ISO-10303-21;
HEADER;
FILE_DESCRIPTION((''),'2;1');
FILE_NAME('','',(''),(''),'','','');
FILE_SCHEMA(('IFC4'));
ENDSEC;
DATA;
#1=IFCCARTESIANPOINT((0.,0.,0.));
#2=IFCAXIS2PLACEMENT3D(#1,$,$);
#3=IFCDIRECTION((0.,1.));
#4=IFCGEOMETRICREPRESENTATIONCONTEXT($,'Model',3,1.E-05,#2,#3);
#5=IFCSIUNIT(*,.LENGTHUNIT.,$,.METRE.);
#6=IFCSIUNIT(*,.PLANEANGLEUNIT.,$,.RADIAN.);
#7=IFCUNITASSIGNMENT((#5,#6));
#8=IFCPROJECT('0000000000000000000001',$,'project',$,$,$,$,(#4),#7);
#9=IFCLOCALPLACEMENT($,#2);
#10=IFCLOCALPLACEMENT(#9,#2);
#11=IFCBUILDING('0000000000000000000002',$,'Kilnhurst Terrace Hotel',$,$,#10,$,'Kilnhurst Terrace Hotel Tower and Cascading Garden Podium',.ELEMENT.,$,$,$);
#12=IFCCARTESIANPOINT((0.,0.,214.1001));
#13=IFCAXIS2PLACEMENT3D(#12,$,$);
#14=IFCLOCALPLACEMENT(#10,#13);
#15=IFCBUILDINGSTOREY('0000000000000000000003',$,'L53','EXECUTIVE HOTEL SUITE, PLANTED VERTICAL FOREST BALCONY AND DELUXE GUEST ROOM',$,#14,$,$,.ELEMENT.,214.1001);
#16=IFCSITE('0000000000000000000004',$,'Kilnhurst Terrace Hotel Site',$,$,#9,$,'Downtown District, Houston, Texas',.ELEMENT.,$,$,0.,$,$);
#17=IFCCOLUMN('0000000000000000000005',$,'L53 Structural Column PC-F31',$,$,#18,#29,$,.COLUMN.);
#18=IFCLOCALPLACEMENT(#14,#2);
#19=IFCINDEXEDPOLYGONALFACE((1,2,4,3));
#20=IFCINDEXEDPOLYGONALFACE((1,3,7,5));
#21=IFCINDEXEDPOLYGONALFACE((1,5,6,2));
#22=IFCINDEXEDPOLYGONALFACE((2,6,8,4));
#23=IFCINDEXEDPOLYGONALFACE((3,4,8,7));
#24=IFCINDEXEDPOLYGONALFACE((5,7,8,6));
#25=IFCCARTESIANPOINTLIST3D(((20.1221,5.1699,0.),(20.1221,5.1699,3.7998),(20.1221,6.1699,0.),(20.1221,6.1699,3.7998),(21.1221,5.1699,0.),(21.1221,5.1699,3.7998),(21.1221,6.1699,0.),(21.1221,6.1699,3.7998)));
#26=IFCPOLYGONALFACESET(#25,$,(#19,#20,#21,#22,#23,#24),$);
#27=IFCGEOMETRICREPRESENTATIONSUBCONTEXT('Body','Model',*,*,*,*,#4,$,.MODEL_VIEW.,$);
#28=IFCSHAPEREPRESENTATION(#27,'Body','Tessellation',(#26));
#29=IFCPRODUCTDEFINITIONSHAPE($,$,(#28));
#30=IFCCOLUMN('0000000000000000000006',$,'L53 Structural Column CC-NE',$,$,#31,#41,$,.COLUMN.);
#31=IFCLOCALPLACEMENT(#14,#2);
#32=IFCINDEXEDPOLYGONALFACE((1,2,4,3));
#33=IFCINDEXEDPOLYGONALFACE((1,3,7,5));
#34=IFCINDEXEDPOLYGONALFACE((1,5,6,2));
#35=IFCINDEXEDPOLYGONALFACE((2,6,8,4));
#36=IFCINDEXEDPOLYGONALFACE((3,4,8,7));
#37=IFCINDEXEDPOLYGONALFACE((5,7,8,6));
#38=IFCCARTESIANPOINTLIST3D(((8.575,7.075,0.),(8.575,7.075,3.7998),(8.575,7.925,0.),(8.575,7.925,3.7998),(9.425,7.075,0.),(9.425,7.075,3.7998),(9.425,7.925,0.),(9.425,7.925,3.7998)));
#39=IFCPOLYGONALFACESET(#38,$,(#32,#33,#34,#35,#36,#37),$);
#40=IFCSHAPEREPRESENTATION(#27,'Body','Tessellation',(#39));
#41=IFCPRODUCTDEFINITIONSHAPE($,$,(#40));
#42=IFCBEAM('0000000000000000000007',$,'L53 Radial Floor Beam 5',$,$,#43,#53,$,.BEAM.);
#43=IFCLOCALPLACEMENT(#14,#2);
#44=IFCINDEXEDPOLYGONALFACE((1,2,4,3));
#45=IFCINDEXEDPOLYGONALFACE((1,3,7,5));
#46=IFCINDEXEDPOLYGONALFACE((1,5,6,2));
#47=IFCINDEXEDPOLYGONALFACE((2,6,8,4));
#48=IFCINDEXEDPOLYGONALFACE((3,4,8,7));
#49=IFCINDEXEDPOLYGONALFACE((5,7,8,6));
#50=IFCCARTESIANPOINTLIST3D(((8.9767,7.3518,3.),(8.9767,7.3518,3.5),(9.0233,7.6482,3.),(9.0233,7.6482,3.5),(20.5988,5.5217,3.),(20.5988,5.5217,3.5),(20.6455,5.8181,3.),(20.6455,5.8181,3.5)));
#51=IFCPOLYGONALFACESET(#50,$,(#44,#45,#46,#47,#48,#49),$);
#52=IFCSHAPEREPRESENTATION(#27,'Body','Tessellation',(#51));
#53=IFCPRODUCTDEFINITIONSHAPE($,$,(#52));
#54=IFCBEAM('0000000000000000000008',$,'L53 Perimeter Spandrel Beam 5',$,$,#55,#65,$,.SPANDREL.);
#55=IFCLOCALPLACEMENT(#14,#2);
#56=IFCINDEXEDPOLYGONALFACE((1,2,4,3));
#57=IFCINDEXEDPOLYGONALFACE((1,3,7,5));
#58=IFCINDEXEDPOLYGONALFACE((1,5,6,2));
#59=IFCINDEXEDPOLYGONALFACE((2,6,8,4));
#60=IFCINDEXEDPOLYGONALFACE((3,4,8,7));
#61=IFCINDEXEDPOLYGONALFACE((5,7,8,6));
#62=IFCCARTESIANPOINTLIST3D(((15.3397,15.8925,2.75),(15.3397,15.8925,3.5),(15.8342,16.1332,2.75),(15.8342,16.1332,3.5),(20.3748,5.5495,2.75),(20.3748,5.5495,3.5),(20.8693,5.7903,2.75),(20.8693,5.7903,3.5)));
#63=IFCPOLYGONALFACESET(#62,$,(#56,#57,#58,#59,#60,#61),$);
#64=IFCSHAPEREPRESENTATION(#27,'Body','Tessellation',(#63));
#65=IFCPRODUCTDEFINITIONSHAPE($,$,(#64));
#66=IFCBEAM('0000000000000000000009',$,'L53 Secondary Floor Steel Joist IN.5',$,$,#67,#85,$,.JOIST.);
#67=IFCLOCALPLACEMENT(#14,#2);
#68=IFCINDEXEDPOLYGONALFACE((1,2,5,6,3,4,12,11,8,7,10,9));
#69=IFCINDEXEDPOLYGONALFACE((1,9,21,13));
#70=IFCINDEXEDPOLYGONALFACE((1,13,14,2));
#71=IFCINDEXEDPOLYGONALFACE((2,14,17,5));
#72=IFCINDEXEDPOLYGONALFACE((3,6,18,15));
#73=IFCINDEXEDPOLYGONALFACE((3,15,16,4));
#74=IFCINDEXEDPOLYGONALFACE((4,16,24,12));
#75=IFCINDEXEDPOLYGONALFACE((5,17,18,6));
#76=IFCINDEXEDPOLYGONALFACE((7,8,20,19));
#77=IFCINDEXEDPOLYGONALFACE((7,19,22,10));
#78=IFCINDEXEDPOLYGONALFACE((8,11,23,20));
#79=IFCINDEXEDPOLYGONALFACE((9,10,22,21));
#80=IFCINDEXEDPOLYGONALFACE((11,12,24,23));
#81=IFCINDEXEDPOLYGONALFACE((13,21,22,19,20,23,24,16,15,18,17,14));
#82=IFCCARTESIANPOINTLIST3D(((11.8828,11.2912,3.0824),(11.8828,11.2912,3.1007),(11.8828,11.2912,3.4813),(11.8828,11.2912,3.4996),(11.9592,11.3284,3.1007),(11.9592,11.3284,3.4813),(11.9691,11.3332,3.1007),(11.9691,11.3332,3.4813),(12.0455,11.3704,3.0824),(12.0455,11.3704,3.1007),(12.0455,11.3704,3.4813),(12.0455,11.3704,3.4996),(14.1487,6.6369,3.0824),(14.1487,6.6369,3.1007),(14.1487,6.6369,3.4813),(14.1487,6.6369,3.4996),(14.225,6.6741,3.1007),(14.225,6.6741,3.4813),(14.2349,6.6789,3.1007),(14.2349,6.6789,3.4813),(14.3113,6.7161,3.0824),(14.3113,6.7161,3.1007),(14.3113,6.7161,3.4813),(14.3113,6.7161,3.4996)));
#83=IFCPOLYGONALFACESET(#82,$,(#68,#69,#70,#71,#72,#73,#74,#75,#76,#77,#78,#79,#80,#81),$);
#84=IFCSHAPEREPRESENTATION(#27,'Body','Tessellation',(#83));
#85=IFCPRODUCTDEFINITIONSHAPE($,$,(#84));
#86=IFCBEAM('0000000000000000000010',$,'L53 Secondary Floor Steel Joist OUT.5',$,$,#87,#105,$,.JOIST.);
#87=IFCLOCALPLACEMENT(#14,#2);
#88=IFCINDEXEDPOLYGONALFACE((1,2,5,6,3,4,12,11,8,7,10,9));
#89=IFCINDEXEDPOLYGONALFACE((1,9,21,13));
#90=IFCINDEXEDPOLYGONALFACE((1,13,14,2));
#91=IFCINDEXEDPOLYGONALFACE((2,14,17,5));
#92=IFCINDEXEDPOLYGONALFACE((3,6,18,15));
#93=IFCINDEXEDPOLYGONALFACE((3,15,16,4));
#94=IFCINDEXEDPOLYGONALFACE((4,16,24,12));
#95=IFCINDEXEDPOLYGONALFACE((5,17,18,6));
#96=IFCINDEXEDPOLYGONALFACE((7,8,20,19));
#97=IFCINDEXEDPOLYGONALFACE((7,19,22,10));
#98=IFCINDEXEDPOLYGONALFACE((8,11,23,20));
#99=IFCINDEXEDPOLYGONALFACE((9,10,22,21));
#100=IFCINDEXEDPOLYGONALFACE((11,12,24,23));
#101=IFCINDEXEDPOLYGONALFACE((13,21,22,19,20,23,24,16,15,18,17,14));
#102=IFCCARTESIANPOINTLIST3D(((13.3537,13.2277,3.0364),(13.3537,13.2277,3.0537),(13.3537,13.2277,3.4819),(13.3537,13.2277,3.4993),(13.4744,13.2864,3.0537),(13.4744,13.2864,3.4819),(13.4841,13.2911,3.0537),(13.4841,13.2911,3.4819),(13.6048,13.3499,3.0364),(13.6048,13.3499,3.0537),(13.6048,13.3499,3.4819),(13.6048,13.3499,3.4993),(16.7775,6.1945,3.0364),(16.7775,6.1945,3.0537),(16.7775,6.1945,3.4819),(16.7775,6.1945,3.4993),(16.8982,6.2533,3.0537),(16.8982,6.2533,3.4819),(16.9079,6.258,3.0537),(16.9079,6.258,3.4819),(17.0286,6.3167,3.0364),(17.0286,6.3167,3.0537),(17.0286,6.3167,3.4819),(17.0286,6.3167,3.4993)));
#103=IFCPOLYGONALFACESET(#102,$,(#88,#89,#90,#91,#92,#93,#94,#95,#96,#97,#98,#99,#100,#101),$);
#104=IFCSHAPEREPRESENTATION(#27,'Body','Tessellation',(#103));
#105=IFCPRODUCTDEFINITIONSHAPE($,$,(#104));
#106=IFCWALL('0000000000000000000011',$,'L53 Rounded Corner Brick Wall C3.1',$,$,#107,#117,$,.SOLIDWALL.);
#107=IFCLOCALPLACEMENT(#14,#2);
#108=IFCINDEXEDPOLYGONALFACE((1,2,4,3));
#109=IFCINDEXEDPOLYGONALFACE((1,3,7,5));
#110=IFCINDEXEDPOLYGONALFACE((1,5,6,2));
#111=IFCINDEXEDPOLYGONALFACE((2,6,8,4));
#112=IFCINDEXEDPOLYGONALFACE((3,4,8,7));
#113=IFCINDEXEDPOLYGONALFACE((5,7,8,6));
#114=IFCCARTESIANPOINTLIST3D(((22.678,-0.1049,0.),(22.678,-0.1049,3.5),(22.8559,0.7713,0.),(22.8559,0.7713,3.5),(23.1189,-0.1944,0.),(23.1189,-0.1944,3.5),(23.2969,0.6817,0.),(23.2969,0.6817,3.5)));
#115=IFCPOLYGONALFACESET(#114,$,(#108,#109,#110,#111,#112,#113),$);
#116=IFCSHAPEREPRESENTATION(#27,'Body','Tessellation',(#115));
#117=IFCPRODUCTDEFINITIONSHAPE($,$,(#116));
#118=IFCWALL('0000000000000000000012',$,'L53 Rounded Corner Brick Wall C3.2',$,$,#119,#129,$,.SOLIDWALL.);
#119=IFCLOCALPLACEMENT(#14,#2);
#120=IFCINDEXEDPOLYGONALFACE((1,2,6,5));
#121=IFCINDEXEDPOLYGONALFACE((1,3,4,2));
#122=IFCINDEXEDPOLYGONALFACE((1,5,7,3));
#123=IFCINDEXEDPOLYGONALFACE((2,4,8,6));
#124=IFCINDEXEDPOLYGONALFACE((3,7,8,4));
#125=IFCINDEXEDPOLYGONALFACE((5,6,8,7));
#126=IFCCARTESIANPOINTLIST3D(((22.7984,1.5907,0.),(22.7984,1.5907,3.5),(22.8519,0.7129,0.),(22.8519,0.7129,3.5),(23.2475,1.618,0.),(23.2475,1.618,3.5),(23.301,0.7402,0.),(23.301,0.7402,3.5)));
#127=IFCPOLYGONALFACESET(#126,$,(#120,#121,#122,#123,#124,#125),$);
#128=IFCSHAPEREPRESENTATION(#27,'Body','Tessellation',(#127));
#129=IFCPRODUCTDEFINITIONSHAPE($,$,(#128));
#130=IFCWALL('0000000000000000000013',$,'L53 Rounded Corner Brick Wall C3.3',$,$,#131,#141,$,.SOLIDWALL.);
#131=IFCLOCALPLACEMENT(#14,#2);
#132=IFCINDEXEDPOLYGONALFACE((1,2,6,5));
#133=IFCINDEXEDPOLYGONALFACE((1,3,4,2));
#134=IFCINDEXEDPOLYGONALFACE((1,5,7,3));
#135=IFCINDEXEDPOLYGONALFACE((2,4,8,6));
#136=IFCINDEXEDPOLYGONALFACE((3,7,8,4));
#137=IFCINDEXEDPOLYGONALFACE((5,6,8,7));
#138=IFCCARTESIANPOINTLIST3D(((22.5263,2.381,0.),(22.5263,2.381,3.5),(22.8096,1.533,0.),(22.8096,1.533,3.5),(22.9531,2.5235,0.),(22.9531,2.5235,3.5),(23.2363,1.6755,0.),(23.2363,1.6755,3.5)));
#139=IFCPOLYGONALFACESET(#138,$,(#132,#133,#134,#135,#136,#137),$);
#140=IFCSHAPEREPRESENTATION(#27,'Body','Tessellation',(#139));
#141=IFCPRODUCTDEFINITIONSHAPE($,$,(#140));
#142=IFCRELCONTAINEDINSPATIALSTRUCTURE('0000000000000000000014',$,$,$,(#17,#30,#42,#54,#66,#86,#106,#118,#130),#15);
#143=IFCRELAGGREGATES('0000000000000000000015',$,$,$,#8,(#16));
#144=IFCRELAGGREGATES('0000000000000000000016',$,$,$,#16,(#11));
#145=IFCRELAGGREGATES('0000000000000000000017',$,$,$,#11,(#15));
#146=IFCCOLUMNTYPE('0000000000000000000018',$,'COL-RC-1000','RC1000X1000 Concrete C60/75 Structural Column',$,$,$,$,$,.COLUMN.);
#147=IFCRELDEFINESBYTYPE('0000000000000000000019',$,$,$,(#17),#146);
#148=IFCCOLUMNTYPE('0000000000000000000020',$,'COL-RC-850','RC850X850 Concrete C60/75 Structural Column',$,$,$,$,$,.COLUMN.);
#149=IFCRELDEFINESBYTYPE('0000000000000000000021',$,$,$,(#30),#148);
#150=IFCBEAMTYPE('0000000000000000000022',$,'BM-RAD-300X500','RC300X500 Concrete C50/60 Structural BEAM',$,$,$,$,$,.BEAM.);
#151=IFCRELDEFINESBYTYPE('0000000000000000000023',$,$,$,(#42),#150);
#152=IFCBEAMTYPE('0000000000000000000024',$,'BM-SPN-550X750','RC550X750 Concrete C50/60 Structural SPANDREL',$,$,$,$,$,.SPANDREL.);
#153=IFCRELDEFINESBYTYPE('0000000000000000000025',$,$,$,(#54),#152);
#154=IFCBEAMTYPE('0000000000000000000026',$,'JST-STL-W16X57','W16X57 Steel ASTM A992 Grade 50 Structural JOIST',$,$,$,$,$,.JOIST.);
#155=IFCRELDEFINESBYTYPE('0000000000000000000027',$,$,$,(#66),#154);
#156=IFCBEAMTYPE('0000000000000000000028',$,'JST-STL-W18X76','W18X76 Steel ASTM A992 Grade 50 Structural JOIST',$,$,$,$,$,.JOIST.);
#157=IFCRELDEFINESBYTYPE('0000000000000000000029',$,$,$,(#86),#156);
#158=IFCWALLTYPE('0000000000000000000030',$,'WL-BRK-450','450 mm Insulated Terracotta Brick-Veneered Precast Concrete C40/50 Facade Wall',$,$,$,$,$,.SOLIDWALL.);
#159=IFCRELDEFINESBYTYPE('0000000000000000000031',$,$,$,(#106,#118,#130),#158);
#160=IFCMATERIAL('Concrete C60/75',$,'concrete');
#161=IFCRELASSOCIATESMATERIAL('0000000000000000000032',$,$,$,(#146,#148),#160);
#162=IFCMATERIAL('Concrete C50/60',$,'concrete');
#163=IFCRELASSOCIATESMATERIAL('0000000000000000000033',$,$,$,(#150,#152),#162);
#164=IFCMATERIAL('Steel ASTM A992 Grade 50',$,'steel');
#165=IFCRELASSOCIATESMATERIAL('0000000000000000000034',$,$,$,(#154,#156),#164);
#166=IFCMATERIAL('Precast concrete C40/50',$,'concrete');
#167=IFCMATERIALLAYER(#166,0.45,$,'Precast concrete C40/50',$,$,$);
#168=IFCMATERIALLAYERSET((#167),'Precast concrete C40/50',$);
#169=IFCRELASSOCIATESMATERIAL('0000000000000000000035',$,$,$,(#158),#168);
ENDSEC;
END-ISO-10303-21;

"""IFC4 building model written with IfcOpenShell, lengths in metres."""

from ifc_helpers import new_model, si_unit, direction, frame, frame_2d, origin, origin_2d, place, context, subcontext, project, spatial, rectangle, i_section, extrude, material, layer, layer_set, material_profile, profile_set, type_object, element, save


model = new_model("IFC4")

# Units and contexts
model_context = context("Model", 3, precision=1e-05, world=origin(), true_north=direction((0.0, 1.0)))
body_context = subcontext(model_context, "Body", "Model", "MODEL_VIEW")
ifc_project = project(units=[si_unit("LENGTHUNIT", "METRE"), si_unit("PLANEANGLEUNIT", "RADIAN")], contexts=[model_context])

# Site, building, storey
site_placement = place(None, origin())
site = spatial("IfcSite", under=ifc_project, at=site_placement, Name="Kilnhurst Terrace Hotel Site", LongName="Downtown District, Houston, Texas", CompositionType="ELEMENT", RefElevation=0.0)
building_placement = place(site_placement, origin())
building = spatial("IfcBuilding", under=site, at=building_placement, Name="Kilnhurst Terrace Hotel", LongName="Kilnhurst Terrace Hotel Tower and Cascading Garden Podium", CompositionType="ELEMENT")
storey_placement = place(building_placement, frame((0.0, 0.0, 214.1001)))
storey = spatial("IfcBuildingStorey", under=building, at=storey_placement, Name="L53", Description="EXECUTIVE HOTEL SUITE, PLANTED VERTICAL FOREST BALCONY AND DELUXE GUEST ROOM", CompositionType="ELEMENT", Elevation=214.1001)

# Columns
ifc_material_1 = material(Name="Concrete C60/75", Category="concrete")
ifc_material_profile_1 = material_profile(ifc_material_1, rectangle(XDim=1.0, YDim=1.0, at=origin_2d()), Name="RC1000X1000")
ifc_profile_set_1 = profile_set([ifc_material_profile_1], Name="Concrete C60/75")
column_type_1 = type_object("IfcColumnType", Name="COL-RC-1000", Description="RC1000X1000 Concrete C60/75 Structural Column", PredefinedType="COLUMN", material=ifc_profile_set_1)
column_1_placement = place(storey_placement, frame((20.6221, 5.6699, 0.0), z_axis=(0.0, 0.0, 1.0), x_axis=(1.0, 0.0, 0.0)))
element("IfcColumn", 1, at=column_1_placement, inside=storey, type_object=column_type_1, Name="L53 Structural Column PC-F31", PredefinedType="COLUMN", context=body_context, shape_type="SweptSolid", body=[
    extrude(rectangle(XDim=1.0, YDim=1.0, at=origin_2d()), origin(), (0.0, 0.0, 1.0), 3.7998),
])
ifc_material_profile_2 = material_profile(ifc_material_1, rectangle(XDim=0.8501, YDim=0.8501, at=origin_2d()), Name="RC850X850")
ifc_profile_set_2 = profile_set([ifc_material_profile_2], Name="Concrete C60/75")
column_type_2 = type_object("IfcColumnType", Name="COL-RC-850", Description="RC850X850 Concrete C60/75 Structural Column", PredefinedType="COLUMN", material=ifc_profile_set_2)
column_2_placement = place(storey_placement, frame((9.0, 7.5, 0.0), z_axis=(0.0, 0.0, 1.0), x_axis=(1.0, 0.0, 0.0)))
element("IfcColumn", 2, at=column_2_placement, inside=storey, type_object=column_type_2, Name="L53 Structural Column CC-NE", PredefinedType="COLUMN", context=body_context, shape_type="SweptSolid", body=[
    extrude(rectangle(XDim=0.8501, YDim=0.8501, at=origin_2d()), origin(), (0.0, 0.0, 1.0), 3.7998),
])

# Beams
ifc_material_2 = material(Name="Concrete C50/60", Category="concrete")
ifc_material_profile_3 = material_profile(ifc_material_2, rectangle(XDim=0.3, YDim=0.5, at=origin_2d()), Name="RC300X500")
ifc_profile_set_3 = profile_set([ifc_material_profile_3], Name="Concrete C50/60")
beam_type_1 = type_object("IfcBeamType", Name="BM-RAD-300X500", Description="RC300X500 Concrete C50/60 Structural BEAM", PredefinedType="BEAM", material=ifc_profile_set_3)
beam_1_placement = place(storey_placement, frame((9.0, 7.5, 3.25), z_axis=(0.987828, -0.155549, 0.0), x_axis=(0.155549, 0.987828, 0.0)))
element("IfcBeam", 3, at=beam_1_placement, inside=storey, type_object=beam_type_1, Name="L53 Radial Floor Beam 5", PredefinedType="BEAM", context=body_context, shape_type="SweptSolid", body=[
    extrude(rectangle(XDim=0.3, YDim=0.5, at=origin_2d()), origin(), (0.0, 0.0, 1.0), 11.7654),
])
ifc_material_profile_4 = material_profile(ifc_material_2, rectangle(XDim=0.55, YDim=0.75, at=origin_2d()), Name="RC550X750")
ifc_profile_set_4 = profile_set([ifc_material_profile_4], Name="Concrete C50/60")
beam_type_2 = type_object("IfcBeamType", Name="BM-SPN-550X750", Description="RC550X750 Concrete C50/60 Structural SPANDREL", PredefinedType="SPANDREL", material=ifc_profile_set_4)
beam_2_placement = place(storey_placement, frame((20.6221, 5.6699, 3.125), z_axis=(-0.437706, 0.899118, 0.0), x_axis=(-0.899118, -0.437706, 0.0)))
element("IfcBeam", 4, at=beam_2_placement, inside=storey, type_object=beam_type_2, Name="L53 Perimeter Spandrel Beam 5", PredefinedType="SPANDREL", context=body_context, shape_type="SweptSolid", body=[
    extrude(rectangle(XDim=0.55, YDim=0.75, at=origin_2d()), origin(), (0.0, 0.0, 1.0), 11.5034),
])
ifc_material_3 = material(Name="Steel ASTM A992 Grade 50", Category="steel")
ifc_material_profile_5 = material_profile(ifc_material_3, i_section(OverallWidth=0.1809, OverallDepth=0.4172, WebThickness=0.011, FlangeThickness=0.0183, at=origin_2d()), Name="W16X57")
ifc_profile_set_5 = profile_set([ifc_material_profile_5], Name="Steel ASTM A992 Grade 50")
beam_type_3 = type_object("IfcBeamType", Name="JST-STL-W16X57", Description="W16X57 Steel ASTM A992 Grade 50 Structural JOIST", PredefinedType="JOIST", material=ifc_profile_set_5)
beam_3_placement = place(storey_placement, frame((14.23, 6.6765, 3.291), z_axis=(-0.437718, 0.899112, 0.0), x_axis=(-0.899112, -0.437718, 0.0)))
element("IfcBeam", 5, at=beam_3_placement, inside=storey, type_object=beam_type_3, Name="L53 Secondary Floor Steel Joist IN.5", PredefinedType="JOIST", context=body_context, shape_type="SweptSolid", body=[
    extrude(i_section(OverallWidth=0.1809, OverallDepth=0.4172, WebThickness=0.011, FlangeThickness=0.0183, at=origin_2d()), origin(), (0.0, 0.0, 1.0), 5.1765),
])
ifc_material_profile_6 = material_profile(ifc_material_3, i_section(OverallWidth=0.2793, OverallDepth=0.4629, WebThickness=0.0107, FlangeThickness=0.0173, at=origin_2d()), Name="W18X76")
ifc_profile_set_6 = profile_set([ifc_material_profile_6], Name="Steel ASTM A992 Grade 50")
beam_type_4 = type_object("IfcBeamType", Name="JST-STL-W18X76", Description="W18X76 Steel ASTM A992 Grade 50 Structural JOIST", PredefinedType="JOIST", material=ifc_profile_set_6)
beam_4_placement = place(storey_placement, frame((16.9031, 6.2556, 3.2678), z_axis=(-0.4377, 0.899121, 0.0), x_axis=(-0.899121, -0.4377, 0.0)))
element("IfcBeam", 6, at=beam_4_placement, inside=storey, type_object=beam_type_4, Name="L53 Secondary Floor Steel Joist OUT.5", PredefinedType="JOIST", context=body_context, shape_type="SweptSolid", body=[
    extrude(i_section(OverallWidth=0.2793, OverallDepth=0.4629, WebThickness=0.0107, FlangeThickness=0.0173, at=origin_2d()), origin(), (0.0, 0.0, 1.0), 7.8223),
])

# Walls
ifc_material_4 = material(Name="Precast concrete C40/50", Category="concrete")
ifc_layer_1 = layer(ifc_material_4, 0.45, Name="Precast concrete C40/50")
ifc_layer_set_1 = layer_set([ifc_layer_1], Name="Precast concrete C40/50")
wall_type_1 = type_object("IfcWallType", Name="WL-BRK-450", Description="450 mm Insulated Terracotta Brick-Veneered Precast Concrete C40/50 Facade Wall", PredefinedType="SOLIDWALL", material=ifc_layer_set_1)
wall_1_placement = place(storey_placement, frame((22.8984, -0.1497, 0.0), z_axis=(0.0, 0.0, 1.0), x_axis=(0.199056, 0.979988, 0.0)))
element("IfcWall", 7, at=wall_1_placement, inside=storey, type_object=wall_type_1, Name="L53 Rounded Corner Brick Wall C3.1", PredefinedType="SOLIDWALL", context=body_context, shape_type="SweptSolid", body=[
    extrude(rectangle(XDim=0.894, YDim=0.45, at=frame_2d((0.447, 0.0))), origin(), (0.0, 0.0, 1.0), 3.5),
])
wall_2_placement = place(storey_placement, frame((23.0764, 0.7266, 0.0), z_axis=(0.0, 0.0, 1.0), x_axis=(-0.060805, 0.99815, 0.0)))
element("IfcWall", 8, at=wall_2_placement, inside=storey, type_object=wall_type_1, Name="L53 Rounded Corner Brick Wall C3.2", PredefinedType="SOLIDWALL", context=body_context, shape_type="SweptSolid", body=[
    extrude(rectangle(XDim=0.8794, YDim=0.45, at=frame_2d((0.4397, 0.0))), origin(), (0.0, 0.0, 1.0), 3.5),
])
wall_3_placement = place(storey_placement, frame((23.0229, 1.6042, 0.0), z_axis=(0.0, 0.0, 1.0), x_axis=(-0.316801, 0.948492, 0.0)))
element("IfcWall", 9, at=wall_3_placement, inside=storey, type_object=wall_type_1, Name="L53 Rounded Corner Brick Wall C3.3", PredefinedType="SOLIDWALL", context=body_context, shape_type="SweptSolid", body=[
    extrude(rectangle(XDim=0.894, YDim=0.45, at=frame_2d((0.447, 0.0))), origin(), (0.0, 0.0, 1.0), 3.5),
])

save(model, "model.ifc")
